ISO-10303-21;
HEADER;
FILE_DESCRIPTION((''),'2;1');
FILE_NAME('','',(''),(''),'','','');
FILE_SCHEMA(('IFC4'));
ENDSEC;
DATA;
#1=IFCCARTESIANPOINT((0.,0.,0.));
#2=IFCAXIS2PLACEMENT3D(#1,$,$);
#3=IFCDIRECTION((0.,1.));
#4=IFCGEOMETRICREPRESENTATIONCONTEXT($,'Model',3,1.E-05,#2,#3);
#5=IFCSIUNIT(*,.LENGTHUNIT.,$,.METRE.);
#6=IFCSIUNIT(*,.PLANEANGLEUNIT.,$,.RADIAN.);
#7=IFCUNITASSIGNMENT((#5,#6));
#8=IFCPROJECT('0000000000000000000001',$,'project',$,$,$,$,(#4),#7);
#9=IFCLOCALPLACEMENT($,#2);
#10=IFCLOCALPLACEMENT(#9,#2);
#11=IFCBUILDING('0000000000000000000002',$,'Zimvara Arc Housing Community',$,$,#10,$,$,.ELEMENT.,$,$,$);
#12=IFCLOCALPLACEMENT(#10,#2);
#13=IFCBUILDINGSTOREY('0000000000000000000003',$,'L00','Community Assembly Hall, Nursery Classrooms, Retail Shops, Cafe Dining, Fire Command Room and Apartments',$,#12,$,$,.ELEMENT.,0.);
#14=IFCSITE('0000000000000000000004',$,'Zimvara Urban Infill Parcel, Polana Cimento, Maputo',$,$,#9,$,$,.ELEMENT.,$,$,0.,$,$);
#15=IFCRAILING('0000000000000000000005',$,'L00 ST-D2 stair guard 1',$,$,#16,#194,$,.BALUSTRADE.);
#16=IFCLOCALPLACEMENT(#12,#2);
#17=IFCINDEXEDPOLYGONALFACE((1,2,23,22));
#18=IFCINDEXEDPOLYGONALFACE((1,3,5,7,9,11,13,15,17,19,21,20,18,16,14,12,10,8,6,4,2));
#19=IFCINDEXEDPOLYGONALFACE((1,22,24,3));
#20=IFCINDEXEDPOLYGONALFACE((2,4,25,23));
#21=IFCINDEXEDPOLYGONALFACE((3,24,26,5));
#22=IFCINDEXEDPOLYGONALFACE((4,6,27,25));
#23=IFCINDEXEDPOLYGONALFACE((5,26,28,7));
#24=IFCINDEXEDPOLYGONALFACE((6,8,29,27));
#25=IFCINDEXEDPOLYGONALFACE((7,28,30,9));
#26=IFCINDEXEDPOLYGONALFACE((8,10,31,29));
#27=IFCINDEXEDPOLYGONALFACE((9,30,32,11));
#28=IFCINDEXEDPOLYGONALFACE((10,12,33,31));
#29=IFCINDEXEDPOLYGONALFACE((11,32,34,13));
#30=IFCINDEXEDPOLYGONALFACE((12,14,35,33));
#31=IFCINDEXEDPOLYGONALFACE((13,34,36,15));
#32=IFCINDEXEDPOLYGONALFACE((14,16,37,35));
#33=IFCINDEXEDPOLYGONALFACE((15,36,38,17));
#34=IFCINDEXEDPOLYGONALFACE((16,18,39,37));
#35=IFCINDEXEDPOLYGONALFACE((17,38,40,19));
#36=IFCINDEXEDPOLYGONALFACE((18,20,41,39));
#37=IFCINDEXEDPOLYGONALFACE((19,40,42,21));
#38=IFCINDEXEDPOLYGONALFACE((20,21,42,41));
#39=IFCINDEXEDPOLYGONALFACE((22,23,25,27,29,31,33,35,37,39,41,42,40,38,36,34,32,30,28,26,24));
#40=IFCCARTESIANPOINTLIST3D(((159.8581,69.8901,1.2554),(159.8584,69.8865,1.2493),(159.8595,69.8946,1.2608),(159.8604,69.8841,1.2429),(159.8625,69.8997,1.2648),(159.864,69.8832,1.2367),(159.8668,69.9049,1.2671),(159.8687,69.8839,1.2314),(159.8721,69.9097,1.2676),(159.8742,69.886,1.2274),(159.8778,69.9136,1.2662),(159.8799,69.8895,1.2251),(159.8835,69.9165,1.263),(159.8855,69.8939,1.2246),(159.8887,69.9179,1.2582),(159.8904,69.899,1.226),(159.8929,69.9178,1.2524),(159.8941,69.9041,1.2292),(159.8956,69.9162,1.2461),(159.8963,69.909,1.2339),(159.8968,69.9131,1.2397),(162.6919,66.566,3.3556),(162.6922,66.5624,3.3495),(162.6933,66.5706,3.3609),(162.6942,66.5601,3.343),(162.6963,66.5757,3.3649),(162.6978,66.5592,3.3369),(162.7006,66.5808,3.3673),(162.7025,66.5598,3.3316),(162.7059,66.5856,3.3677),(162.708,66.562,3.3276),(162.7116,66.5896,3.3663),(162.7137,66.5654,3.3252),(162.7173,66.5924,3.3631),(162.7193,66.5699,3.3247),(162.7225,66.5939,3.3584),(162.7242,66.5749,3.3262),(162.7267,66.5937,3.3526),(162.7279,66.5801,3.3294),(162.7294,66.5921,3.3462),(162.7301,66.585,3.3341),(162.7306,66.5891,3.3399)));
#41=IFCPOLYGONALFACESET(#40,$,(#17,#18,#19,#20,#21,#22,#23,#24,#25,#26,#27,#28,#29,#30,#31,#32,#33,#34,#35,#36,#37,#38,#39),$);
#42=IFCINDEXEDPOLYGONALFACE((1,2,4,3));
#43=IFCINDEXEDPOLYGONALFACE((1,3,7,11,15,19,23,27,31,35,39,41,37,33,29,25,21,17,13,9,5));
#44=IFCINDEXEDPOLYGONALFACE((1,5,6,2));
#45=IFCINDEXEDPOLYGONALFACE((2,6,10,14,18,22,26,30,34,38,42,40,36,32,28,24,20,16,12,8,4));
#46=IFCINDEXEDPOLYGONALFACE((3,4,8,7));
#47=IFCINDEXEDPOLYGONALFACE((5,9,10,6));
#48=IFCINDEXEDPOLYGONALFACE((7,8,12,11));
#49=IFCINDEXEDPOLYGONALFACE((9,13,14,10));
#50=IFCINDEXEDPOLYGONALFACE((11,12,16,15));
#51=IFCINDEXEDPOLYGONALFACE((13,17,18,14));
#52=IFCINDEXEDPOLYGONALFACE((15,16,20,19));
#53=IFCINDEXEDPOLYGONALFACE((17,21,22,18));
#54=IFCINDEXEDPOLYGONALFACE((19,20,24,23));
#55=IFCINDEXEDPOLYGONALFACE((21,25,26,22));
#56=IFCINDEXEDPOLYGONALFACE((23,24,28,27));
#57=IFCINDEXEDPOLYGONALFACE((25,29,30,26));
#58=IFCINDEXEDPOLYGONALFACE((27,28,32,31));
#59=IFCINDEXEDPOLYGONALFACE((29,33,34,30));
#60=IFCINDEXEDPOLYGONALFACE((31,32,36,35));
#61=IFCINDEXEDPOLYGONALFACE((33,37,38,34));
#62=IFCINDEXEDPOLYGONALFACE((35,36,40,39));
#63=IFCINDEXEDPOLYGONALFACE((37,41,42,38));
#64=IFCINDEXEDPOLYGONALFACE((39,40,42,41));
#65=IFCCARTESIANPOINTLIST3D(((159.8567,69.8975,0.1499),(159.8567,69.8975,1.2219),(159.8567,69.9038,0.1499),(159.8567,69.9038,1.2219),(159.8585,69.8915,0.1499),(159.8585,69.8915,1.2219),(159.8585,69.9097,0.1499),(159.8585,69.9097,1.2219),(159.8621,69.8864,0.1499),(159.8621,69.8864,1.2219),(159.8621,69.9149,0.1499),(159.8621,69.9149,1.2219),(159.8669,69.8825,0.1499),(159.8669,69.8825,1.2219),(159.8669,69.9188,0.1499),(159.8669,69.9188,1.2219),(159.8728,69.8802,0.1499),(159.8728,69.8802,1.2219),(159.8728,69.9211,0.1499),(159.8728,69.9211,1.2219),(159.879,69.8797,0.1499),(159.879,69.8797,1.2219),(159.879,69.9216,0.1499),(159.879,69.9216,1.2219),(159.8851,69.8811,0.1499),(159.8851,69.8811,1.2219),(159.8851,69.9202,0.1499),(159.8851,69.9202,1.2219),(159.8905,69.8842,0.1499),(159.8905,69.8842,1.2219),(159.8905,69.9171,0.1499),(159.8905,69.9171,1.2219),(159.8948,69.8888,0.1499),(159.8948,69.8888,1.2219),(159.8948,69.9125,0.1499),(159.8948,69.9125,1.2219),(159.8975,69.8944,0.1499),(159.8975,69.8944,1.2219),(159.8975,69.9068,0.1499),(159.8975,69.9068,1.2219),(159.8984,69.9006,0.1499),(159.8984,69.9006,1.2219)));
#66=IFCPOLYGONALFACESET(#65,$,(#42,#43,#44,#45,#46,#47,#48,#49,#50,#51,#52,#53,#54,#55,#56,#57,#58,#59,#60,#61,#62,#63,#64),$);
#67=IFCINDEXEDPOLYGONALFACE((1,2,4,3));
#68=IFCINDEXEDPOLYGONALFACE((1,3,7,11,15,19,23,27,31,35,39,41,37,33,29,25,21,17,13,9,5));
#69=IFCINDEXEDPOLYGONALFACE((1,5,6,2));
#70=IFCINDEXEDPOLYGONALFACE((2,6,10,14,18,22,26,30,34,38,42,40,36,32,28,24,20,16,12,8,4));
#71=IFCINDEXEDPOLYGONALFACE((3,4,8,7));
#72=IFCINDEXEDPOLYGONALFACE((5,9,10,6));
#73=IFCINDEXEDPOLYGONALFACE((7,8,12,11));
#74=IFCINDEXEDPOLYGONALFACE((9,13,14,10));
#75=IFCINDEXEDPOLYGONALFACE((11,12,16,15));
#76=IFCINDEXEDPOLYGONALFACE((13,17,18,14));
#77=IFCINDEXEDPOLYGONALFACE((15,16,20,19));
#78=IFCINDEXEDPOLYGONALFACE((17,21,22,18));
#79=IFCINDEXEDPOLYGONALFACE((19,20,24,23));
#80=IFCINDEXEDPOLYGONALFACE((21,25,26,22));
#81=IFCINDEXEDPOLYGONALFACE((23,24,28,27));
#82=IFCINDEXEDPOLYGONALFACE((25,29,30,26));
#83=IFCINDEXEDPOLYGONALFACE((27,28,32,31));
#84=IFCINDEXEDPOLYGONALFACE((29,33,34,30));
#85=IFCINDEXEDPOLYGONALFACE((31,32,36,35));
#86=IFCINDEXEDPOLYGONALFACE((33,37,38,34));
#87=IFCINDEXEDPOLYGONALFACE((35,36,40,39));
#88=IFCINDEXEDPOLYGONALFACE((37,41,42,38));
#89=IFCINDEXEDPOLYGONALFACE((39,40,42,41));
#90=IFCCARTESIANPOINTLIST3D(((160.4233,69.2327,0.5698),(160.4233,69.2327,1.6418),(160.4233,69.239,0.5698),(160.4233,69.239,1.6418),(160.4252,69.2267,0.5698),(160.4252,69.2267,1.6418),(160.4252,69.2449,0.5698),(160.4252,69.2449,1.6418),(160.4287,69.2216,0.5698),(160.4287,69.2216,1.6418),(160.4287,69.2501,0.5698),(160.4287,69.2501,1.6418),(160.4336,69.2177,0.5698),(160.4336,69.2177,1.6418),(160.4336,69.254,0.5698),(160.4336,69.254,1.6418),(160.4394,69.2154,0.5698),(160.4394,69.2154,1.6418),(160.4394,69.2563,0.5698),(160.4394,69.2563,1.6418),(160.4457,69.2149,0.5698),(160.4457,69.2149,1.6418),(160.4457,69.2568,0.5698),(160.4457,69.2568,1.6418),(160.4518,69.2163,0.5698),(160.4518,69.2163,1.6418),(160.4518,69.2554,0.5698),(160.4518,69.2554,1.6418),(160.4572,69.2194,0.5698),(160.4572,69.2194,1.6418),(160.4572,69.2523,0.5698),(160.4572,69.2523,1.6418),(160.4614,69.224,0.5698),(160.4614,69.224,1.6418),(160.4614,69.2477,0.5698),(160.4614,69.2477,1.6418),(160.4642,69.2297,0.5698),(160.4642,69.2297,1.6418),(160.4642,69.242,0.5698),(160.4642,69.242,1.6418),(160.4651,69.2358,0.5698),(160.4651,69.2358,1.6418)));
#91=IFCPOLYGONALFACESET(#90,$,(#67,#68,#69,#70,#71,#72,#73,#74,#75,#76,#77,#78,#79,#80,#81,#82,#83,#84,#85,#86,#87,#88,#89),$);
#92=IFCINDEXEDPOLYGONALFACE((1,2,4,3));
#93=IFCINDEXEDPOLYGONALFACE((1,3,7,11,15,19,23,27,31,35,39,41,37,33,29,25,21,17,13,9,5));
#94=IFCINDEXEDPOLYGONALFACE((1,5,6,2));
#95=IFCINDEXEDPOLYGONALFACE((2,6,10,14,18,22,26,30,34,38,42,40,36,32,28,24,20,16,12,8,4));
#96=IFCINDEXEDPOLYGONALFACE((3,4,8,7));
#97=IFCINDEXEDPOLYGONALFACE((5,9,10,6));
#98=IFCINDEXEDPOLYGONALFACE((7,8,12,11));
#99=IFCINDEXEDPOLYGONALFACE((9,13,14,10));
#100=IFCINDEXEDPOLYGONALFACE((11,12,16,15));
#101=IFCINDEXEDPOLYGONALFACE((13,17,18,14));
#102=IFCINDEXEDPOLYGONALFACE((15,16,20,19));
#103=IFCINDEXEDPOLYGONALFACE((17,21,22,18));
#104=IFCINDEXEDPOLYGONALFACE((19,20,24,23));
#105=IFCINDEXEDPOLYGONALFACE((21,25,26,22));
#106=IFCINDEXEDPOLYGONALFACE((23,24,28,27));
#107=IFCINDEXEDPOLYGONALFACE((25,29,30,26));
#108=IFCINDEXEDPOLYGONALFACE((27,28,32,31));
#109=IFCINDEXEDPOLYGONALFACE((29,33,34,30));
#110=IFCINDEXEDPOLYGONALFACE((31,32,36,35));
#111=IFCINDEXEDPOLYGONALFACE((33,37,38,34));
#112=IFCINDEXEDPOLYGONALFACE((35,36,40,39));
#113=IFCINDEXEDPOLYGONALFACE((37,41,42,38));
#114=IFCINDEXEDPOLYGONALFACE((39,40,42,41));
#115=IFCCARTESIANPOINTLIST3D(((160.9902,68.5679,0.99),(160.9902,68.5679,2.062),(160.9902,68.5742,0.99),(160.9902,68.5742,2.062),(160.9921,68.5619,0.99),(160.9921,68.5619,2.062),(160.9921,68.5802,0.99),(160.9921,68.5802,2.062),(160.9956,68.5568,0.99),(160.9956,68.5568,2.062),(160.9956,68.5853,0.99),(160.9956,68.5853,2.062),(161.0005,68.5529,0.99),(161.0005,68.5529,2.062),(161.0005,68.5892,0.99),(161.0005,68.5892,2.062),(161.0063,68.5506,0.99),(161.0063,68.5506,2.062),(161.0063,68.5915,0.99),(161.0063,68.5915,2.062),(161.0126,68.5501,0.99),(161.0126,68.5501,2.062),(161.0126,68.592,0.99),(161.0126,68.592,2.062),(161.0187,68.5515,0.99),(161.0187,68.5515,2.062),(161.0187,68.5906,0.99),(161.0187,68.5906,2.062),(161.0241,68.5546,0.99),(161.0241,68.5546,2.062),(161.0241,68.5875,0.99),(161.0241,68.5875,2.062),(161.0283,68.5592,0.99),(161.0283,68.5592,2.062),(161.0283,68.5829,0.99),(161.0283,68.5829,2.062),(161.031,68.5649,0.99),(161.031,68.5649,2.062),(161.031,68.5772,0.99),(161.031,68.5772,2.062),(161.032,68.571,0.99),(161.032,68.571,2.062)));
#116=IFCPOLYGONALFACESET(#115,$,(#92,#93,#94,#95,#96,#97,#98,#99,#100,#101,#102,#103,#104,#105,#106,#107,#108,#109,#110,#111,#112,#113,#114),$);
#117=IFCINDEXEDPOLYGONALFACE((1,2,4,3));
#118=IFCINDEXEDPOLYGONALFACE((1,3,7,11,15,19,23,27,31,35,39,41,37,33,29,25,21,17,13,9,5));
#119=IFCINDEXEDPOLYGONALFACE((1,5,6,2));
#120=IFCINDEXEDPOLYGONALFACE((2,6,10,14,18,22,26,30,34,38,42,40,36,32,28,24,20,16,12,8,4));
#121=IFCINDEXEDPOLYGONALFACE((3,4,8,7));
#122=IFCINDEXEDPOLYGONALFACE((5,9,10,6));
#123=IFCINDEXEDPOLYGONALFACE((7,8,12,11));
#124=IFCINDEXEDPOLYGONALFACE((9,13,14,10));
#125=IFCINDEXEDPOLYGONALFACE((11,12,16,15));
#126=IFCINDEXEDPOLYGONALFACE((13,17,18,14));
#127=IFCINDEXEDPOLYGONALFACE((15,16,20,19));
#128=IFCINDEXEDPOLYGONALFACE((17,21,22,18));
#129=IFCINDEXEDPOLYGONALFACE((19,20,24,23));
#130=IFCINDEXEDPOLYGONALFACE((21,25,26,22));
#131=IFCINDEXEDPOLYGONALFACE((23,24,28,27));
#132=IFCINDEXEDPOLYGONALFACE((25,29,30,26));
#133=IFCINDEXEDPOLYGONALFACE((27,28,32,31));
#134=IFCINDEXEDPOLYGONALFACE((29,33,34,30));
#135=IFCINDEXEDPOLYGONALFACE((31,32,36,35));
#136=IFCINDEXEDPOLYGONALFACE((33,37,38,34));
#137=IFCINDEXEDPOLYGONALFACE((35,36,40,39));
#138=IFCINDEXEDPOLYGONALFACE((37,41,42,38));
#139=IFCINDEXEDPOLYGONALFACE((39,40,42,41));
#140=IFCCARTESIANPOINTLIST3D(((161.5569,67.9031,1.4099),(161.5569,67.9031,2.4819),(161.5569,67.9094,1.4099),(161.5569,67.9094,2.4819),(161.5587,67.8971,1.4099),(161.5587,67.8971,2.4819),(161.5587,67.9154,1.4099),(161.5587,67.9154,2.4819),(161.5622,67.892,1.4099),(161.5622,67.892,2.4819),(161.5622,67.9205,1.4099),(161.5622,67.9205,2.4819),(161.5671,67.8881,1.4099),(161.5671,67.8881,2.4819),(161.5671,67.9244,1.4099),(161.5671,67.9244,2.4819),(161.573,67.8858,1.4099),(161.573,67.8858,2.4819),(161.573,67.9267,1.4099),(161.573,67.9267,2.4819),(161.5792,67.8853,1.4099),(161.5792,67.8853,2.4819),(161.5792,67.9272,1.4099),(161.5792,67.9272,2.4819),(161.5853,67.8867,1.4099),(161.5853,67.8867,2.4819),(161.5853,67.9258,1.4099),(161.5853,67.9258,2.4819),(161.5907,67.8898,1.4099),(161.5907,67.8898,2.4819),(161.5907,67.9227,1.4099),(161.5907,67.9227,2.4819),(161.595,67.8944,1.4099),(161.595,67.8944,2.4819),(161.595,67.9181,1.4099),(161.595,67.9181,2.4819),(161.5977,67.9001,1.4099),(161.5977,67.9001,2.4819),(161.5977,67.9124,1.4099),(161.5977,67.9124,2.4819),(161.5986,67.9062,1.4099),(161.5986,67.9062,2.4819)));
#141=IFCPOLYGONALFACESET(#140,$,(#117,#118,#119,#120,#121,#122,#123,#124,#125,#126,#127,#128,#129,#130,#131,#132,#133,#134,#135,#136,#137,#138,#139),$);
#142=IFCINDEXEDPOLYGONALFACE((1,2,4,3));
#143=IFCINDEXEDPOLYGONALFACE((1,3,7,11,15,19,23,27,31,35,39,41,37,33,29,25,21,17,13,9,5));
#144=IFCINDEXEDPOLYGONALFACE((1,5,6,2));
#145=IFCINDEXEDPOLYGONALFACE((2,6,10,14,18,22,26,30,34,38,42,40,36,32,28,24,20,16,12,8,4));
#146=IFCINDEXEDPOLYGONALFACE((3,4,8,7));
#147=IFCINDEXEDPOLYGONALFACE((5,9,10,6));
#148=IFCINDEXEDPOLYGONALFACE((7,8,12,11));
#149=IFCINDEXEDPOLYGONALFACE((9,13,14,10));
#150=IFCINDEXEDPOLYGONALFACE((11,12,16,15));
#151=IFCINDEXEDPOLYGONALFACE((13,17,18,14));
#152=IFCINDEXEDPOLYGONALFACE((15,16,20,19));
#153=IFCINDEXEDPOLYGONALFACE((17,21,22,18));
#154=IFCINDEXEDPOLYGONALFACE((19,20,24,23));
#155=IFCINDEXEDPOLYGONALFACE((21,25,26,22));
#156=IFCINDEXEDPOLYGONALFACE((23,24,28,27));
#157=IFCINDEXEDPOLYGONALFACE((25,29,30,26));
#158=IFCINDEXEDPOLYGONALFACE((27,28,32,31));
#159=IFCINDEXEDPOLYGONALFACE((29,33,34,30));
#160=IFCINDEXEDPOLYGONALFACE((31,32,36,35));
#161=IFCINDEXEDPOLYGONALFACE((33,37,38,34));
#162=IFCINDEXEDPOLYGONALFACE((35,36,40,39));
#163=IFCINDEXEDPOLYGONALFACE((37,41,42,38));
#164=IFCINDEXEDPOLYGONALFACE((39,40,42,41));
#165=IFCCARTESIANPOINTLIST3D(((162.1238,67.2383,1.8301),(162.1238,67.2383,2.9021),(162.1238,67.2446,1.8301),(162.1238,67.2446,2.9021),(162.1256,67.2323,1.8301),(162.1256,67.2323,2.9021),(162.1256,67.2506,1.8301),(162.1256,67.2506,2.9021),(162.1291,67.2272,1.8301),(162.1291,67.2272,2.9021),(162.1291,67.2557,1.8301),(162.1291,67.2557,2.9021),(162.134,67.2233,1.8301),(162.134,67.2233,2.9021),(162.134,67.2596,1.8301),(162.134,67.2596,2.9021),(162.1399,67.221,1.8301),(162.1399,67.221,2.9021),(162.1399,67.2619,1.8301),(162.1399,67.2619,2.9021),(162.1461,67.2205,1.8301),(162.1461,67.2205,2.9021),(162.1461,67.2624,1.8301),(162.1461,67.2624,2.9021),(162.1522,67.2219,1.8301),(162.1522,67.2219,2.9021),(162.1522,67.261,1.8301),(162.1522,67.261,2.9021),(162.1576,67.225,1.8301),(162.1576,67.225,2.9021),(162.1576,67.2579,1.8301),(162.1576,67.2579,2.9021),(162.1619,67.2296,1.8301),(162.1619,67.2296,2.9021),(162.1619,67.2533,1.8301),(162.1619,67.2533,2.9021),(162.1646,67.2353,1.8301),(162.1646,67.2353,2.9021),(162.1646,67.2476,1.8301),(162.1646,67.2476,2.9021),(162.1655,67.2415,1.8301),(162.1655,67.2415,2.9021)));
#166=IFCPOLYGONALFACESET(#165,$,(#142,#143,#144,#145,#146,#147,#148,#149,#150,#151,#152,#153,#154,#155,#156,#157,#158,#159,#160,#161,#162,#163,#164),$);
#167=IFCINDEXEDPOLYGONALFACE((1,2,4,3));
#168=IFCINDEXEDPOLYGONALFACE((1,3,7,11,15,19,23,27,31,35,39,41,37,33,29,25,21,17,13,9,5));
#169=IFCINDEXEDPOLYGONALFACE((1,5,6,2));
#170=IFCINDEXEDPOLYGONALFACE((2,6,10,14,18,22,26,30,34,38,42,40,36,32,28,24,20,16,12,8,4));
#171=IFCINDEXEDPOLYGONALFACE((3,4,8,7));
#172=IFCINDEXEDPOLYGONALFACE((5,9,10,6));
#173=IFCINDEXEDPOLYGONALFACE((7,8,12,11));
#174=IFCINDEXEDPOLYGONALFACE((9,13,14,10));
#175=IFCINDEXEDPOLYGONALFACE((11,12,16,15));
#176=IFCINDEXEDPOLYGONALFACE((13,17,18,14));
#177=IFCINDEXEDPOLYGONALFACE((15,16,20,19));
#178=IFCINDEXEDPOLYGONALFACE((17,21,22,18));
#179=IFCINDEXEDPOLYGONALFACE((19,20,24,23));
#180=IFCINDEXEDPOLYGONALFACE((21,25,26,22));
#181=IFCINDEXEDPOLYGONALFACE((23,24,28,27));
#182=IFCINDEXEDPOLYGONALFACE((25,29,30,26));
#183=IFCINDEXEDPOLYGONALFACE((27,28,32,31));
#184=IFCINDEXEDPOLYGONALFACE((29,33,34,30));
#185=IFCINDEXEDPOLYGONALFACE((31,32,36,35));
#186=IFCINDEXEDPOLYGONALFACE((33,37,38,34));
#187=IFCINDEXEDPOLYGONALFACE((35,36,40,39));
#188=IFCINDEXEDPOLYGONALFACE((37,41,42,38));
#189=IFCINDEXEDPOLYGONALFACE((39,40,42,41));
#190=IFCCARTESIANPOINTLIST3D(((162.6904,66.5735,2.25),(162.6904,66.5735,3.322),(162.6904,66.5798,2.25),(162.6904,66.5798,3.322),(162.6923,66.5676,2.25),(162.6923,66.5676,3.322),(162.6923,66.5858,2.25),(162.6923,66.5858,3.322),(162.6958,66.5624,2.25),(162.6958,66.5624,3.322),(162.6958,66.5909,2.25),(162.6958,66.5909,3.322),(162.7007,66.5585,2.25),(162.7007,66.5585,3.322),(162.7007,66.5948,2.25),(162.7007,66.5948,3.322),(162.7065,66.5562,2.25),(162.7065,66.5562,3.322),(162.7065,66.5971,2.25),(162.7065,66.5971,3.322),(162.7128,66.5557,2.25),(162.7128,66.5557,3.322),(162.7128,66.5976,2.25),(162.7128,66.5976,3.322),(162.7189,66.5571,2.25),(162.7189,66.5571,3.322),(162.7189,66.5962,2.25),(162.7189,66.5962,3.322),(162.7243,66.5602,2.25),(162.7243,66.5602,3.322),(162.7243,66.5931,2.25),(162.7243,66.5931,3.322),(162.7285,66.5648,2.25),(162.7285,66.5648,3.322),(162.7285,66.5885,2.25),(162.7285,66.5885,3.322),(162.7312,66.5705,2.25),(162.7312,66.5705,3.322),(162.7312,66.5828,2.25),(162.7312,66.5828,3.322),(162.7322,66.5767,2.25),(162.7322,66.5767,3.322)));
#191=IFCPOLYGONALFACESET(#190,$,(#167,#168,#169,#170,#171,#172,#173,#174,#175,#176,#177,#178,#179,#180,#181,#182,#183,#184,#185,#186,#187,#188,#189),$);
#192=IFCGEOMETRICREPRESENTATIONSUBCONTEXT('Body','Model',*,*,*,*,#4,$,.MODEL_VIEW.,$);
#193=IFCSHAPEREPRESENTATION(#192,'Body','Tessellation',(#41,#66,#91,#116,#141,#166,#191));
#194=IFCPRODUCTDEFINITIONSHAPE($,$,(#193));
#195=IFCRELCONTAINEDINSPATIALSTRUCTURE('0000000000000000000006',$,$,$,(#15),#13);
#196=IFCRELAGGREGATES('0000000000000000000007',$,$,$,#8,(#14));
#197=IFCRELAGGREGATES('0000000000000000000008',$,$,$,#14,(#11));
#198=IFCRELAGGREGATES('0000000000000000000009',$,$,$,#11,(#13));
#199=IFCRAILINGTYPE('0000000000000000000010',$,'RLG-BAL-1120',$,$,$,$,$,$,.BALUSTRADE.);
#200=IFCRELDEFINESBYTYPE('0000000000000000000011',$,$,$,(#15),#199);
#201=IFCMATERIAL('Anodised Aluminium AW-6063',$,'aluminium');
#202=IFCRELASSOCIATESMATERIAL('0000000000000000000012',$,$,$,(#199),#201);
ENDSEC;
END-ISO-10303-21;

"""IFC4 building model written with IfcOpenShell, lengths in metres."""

from ifc_helpers import new_model, si_unit, direction, frame, origin, origin_2d, place, context, subcontext, project, spatial, circle, extrude, material, type_object, element, save


model = new_model("IFC4")

# Units and contexts
model_context = context("Model", 3, precision=1e-05, world=origin(), true_north=direction((0.0, 1.0)))
body_context = subcontext(model_context, "Body", "Model", "MODEL_VIEW")
ifc_project = project(units=[si_unit("LENGTHUNIT", "METRE"), si_unit("PLANEANGLEUNIT", "RADIAN")], contexts=[model_context])

# Site, building, storey
site_placement = place(None, origin())
site = spatial("IfcSite", under=ifc_project, at=site_placement, Name="Zimvara Urban Infill Parcel, Polana Cimento, Maputo", CompositionType="ELEMENT", RefElevation=0.0)
building_placement = place(site_placement, origin())
building = spatial("IfcBuilding", under=site, at=building_placement, Name="Zimvara Arc Housing Community", CompositionType="ELEMENT")
storey_placement = place(building_placement, origin())
storey = spatial("IfcBuildingStorey", under=building, at=storey_placement, Name="L00", Description="Community Assembly Hall, Nursery Classrooms, Retail Shops, Cafe Dining, Fire Command Room and Apartments", CompositionType="ELEMENT", Elevation=0.0)

# Railing
ifc_material_1 = material(Name="Anodised Aluminium AW-6063", Category="aluminium")
railing_type_1 = type_object("IfcRailingType", Name="RLG-BAL-1120", PredefinedType="BALUSTRADE", material=ifc_material_1)
railing_1_placement = place(storey_placement, frame((159.8774, 69.9006, 0.1499)))
element("IfcRailing", 1, at=railing_1_placement, inside=storey, type_object=railing_type_1, Name="L00 ST-D2 stair guard 1", PredefinedType="BALUSTRADE", context=body_context, shape_type="SweptSolid", body=[
    extrude(circle(Radius=0.0239, at=origin_2d()), frame((0.0, 0.0, 1.0962), z_axis=(0.584689, -0.68584, 0.433316), x_axis=(0.760994, 0.648759, 0.0)), (0.0, 0.0, 1.0), 4.8467),
    extrude(circle(Radius=0.021, at=origin_2d()), origin(), (0.0, 0.0, 1.0), 1.072),
    extrude(circle(Radius=0.021, at=origin_2d()), frame((0.5667, -0.6648, 0.4199)), (0.0, 0.0, 1.0), 1.072),
    extrude(circle(Radius=0.021, at=origin_2d()), frame((1.1335, -1.3296, 0.8401)), (0.0, 0.0, 1.0), 1.072),
    extrude(circle(Radius=0.021, at=origin_2d()), frame((1.7002, -1.9944, 1.26)), (0.0, 0.0, 1.0), 1.072),
    extrude(circle(Radius=0.021, at=origin_2d()), frame((2.2671, -2.6592, 1.6802)), (0.0, 0.0, 1.0), 1.072),
    extrude(circle(Radius=0.021, at=origin_2d()), frame((2.8337, -3.324, 2.1001)), (0.0, 0.0, 1.0), 1.072),
])

save(model, "model.ifc")
